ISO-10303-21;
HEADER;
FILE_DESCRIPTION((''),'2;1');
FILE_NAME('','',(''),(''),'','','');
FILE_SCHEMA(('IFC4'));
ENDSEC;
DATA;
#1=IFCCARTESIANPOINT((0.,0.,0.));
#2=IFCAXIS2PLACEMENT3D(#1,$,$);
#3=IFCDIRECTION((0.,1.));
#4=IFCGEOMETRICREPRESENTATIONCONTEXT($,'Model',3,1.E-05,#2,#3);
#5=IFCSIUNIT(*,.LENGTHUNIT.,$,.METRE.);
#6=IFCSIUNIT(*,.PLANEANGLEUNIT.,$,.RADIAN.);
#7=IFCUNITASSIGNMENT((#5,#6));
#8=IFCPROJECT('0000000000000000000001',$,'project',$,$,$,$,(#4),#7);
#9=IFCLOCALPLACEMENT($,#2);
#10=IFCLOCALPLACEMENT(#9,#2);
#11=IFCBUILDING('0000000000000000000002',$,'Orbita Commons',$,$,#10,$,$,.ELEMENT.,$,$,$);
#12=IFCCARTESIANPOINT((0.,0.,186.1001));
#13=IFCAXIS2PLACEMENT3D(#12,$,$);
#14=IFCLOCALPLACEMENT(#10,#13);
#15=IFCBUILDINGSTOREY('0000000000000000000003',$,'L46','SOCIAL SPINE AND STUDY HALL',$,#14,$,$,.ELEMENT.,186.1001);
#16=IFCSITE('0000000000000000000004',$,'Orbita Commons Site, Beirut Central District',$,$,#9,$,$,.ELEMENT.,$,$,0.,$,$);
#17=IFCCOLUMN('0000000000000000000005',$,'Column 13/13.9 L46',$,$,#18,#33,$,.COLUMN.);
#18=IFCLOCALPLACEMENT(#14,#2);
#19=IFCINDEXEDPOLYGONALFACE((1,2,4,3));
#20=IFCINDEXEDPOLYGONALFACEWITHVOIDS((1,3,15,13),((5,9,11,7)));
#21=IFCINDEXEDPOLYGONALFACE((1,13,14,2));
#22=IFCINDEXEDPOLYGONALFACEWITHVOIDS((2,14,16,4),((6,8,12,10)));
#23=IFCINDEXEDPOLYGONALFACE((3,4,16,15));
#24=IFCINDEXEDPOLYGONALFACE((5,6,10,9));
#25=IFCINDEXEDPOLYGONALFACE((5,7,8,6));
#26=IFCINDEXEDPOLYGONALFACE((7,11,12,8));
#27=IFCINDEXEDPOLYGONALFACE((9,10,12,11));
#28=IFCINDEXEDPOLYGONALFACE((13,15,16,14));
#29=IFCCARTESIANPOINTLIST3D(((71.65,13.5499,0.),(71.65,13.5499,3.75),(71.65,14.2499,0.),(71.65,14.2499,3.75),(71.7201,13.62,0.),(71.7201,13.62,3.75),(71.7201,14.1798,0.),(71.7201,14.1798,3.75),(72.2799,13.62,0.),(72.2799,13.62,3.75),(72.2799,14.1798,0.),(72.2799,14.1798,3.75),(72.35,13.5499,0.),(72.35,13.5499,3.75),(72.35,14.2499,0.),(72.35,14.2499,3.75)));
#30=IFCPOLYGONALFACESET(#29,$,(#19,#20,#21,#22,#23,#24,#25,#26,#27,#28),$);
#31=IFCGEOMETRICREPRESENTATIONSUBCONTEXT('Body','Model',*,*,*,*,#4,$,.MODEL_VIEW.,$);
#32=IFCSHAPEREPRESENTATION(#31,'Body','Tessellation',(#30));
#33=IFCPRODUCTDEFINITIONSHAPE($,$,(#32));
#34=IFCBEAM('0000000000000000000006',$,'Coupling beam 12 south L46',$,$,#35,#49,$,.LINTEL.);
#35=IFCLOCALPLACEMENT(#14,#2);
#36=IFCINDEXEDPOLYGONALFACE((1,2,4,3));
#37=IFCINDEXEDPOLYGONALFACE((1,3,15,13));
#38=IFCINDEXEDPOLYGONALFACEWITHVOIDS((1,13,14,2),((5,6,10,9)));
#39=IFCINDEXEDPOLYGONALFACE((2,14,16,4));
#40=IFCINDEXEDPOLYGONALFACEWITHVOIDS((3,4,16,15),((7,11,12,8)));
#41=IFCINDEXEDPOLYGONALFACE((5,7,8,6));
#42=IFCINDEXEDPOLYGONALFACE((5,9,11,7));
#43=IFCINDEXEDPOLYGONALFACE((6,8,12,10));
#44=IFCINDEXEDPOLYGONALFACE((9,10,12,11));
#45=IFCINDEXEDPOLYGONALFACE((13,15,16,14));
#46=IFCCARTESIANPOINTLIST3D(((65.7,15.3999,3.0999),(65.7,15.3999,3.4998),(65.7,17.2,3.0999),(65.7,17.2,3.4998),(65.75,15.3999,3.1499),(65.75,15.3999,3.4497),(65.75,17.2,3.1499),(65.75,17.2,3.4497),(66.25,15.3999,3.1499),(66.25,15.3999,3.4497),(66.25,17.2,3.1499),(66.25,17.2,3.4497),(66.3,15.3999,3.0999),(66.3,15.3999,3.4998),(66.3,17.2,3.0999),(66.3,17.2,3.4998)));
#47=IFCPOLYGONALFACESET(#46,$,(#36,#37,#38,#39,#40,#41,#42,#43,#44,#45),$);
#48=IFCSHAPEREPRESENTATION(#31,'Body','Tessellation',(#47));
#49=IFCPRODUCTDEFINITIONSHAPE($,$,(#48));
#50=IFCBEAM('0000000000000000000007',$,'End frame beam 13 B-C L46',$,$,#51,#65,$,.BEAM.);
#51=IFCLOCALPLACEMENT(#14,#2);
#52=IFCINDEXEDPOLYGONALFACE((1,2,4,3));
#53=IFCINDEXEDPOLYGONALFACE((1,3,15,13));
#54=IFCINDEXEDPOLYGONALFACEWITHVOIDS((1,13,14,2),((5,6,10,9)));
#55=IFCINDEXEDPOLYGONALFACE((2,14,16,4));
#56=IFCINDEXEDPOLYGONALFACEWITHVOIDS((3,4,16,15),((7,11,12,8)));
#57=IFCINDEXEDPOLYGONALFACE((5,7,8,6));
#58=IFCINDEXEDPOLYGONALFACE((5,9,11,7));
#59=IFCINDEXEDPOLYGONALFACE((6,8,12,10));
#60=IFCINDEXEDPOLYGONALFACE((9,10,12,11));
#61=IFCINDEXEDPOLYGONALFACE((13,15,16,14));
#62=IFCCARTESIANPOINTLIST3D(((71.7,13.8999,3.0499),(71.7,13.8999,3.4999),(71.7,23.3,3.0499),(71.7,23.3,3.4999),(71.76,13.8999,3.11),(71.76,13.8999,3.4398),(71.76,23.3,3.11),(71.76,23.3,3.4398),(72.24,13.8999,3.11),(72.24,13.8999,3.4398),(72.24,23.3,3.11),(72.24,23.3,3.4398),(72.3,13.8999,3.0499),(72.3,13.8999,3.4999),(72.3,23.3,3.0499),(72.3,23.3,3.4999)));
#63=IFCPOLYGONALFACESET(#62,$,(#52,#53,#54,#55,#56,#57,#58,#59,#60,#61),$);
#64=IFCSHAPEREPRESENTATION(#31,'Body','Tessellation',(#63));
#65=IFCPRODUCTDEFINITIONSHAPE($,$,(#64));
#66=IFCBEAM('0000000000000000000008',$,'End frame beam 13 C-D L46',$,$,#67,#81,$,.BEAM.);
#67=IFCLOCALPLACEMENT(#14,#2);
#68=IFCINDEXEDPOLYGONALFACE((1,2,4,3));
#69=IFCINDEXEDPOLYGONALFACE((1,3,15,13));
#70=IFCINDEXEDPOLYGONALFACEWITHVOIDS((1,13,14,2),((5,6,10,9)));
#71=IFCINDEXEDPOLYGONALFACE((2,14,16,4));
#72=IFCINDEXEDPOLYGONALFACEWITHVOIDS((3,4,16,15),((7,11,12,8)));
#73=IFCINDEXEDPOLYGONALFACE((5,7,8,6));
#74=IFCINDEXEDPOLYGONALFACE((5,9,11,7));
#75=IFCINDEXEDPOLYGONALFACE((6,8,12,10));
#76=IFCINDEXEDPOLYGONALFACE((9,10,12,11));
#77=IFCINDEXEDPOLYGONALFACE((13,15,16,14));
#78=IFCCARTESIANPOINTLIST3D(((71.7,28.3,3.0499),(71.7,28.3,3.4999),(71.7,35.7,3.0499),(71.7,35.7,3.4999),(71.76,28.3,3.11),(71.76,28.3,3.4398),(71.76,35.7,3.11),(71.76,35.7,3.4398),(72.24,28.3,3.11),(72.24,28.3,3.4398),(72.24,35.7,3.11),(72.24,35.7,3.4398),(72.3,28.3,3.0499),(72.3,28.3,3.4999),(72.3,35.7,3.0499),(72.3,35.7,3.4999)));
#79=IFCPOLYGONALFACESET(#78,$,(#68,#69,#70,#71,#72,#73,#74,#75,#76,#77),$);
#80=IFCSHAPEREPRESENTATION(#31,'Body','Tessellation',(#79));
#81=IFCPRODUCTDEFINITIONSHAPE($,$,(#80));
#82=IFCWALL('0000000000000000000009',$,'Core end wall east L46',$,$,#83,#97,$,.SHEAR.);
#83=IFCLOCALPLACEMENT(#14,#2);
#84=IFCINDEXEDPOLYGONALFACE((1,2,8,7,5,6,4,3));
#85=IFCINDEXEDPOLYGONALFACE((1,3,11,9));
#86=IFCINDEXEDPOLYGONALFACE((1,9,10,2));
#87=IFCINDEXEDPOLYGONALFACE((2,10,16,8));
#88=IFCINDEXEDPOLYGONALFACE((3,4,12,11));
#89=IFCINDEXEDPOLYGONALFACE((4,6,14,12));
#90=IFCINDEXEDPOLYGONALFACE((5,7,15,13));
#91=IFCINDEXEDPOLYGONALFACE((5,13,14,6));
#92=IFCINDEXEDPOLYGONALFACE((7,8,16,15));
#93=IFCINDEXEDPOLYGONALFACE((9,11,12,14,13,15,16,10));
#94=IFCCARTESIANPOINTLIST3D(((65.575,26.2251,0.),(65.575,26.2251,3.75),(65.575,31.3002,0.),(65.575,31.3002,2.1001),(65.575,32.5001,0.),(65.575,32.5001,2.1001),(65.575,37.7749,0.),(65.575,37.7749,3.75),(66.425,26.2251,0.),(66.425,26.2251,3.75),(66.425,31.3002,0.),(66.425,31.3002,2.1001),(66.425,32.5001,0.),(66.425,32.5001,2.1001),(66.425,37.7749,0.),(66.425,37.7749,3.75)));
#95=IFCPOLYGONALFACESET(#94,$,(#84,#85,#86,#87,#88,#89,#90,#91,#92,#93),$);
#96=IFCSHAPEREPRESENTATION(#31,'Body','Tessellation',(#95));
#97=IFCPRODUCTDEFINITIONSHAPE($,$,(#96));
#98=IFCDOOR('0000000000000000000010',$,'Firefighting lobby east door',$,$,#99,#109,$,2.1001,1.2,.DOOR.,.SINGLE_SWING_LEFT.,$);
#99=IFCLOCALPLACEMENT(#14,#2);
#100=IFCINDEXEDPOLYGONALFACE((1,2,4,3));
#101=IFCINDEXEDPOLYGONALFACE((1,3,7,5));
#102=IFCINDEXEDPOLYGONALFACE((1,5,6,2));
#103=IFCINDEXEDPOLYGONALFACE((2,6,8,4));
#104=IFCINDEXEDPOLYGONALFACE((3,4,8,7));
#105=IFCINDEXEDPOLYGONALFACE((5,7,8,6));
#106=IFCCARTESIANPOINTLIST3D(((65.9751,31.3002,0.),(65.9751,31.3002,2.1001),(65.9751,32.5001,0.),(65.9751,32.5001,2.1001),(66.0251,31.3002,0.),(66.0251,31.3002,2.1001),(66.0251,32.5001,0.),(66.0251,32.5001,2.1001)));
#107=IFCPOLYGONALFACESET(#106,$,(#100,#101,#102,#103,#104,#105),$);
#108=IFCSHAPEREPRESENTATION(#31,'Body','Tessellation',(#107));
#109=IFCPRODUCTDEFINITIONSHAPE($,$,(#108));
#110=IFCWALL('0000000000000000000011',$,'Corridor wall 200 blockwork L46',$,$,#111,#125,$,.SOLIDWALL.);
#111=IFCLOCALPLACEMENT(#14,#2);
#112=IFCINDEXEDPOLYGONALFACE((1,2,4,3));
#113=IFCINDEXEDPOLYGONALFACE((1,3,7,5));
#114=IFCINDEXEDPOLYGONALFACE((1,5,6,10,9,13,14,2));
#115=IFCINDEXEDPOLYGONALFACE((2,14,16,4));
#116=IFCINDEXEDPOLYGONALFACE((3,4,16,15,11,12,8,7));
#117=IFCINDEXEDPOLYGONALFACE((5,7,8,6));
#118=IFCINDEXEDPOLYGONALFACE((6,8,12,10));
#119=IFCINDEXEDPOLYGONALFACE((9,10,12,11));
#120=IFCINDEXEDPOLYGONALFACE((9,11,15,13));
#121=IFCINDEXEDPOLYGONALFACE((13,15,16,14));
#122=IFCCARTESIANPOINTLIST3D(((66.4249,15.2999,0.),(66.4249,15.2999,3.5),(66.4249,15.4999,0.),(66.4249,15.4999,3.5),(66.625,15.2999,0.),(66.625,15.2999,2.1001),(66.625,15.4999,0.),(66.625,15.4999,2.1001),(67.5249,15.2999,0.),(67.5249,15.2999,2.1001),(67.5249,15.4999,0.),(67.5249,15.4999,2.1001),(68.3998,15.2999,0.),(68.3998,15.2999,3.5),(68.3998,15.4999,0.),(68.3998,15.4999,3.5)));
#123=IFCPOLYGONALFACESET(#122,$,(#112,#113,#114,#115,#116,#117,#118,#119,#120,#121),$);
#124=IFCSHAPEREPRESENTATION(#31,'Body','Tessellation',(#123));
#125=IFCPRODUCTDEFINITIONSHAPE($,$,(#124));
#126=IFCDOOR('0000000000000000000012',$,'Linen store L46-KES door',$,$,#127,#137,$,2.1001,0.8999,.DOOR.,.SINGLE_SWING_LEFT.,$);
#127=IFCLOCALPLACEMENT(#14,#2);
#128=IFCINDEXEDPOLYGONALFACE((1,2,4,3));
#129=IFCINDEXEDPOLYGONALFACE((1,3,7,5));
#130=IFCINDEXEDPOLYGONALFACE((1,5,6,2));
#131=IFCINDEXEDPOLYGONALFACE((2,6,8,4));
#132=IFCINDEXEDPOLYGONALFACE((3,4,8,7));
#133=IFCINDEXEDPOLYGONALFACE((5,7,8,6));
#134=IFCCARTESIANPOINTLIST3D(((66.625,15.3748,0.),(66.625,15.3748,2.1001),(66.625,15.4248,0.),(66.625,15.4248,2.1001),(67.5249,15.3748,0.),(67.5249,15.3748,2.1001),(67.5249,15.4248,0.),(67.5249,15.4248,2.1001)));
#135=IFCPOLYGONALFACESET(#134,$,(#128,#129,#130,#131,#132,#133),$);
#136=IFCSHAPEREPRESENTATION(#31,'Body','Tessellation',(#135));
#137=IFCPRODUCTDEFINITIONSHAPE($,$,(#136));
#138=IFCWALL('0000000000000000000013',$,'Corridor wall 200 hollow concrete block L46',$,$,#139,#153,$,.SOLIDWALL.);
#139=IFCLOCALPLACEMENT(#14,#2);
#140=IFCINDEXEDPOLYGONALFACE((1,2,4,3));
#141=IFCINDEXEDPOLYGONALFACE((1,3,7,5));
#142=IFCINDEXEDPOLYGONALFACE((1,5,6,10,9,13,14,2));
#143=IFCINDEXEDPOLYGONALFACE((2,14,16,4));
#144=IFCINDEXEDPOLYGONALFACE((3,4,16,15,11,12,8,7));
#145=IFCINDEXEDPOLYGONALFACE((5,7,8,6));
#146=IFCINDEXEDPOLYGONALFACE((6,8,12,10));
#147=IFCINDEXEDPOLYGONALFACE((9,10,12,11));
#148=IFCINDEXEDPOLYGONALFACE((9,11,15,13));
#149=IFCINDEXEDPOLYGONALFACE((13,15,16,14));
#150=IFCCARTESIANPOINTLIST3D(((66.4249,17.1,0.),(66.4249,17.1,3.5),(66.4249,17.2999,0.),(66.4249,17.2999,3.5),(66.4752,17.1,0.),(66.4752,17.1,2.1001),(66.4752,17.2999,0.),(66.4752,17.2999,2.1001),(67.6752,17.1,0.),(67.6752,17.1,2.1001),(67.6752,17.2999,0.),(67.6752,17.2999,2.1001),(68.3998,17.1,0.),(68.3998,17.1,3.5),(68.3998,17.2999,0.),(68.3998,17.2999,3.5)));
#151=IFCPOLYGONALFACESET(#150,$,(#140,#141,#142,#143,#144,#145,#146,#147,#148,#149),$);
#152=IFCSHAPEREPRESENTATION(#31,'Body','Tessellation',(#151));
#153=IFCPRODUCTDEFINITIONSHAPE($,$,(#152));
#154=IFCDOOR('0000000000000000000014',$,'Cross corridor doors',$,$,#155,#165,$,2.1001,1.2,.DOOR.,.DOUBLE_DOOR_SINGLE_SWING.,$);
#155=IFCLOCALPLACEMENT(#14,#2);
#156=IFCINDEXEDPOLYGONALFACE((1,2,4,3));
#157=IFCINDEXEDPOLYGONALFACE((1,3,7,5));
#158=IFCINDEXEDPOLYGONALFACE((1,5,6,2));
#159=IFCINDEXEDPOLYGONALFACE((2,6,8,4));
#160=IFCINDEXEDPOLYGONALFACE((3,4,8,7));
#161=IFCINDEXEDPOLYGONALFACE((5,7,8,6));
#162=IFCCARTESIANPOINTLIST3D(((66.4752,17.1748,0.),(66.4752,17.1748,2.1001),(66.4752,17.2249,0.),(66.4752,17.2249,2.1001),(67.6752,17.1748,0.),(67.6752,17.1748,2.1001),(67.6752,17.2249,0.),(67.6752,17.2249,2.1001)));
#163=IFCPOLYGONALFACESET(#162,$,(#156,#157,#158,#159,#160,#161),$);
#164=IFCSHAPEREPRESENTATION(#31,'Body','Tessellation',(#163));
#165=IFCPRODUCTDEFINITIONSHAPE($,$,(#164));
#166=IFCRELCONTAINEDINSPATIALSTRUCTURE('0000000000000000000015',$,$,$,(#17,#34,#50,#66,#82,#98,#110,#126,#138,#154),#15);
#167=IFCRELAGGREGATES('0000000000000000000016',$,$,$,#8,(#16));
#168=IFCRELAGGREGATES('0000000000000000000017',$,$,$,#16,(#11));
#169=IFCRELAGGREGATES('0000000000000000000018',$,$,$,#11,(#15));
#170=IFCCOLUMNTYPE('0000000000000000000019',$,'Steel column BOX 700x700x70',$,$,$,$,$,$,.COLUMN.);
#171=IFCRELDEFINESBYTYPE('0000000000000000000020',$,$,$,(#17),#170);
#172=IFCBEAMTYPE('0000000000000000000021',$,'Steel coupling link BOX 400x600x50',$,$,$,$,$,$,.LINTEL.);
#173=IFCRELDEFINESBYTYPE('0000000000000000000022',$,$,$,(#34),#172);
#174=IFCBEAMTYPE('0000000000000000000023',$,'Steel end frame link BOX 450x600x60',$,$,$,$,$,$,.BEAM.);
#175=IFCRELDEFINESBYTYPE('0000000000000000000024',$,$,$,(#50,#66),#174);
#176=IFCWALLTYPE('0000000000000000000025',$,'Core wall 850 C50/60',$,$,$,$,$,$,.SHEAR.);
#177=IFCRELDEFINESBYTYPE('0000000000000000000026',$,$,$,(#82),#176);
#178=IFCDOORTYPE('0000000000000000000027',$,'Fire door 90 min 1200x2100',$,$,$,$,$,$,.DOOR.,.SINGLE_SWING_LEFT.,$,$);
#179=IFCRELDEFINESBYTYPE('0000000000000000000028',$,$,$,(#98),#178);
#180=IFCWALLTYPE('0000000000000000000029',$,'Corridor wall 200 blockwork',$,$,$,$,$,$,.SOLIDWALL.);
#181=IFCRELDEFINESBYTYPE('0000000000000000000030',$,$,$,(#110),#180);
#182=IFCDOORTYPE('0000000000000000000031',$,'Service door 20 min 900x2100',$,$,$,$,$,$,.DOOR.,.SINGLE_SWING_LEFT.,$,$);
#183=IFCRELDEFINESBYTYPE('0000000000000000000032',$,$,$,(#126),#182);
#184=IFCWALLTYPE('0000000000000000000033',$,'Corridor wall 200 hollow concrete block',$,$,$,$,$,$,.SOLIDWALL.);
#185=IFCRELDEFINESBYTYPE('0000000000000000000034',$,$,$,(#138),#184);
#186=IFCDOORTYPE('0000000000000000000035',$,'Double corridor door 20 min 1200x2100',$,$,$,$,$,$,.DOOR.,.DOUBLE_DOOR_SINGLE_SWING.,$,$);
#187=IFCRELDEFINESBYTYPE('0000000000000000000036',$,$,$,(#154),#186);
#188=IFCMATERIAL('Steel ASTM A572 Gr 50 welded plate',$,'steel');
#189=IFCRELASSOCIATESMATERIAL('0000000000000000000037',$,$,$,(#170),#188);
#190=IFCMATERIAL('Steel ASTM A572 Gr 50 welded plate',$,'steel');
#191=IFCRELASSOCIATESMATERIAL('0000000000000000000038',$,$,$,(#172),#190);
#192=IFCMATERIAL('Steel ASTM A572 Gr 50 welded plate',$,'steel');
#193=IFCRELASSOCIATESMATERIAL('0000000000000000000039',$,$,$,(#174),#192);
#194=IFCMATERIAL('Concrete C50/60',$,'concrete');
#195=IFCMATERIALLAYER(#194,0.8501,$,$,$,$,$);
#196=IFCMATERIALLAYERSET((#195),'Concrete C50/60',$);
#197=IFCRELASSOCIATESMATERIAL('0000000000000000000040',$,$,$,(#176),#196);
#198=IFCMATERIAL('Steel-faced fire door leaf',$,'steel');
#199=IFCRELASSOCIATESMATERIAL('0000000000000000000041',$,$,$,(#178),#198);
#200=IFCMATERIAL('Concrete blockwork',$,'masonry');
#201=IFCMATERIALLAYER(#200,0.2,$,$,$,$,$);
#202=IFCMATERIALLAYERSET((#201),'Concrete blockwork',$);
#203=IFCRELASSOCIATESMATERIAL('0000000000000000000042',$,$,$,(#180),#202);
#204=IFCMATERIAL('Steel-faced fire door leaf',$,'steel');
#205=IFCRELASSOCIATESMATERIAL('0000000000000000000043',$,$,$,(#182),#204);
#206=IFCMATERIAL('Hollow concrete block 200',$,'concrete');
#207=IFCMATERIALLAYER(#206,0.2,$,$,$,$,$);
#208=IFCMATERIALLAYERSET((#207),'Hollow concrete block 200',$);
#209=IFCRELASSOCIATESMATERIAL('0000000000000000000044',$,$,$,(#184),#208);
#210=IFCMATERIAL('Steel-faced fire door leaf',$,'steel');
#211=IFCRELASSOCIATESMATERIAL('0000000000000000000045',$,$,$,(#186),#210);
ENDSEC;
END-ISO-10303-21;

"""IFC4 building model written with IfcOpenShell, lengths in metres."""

from ifc_helpers import new_model, si_unit, direction, frame, frame_2d, origin, origin_2d, place, context, subcontext, project, spatial, rectangle, hollow_rectangle, extrude, material, layer, layer_set, material_profile, profile_set, type_object, element, fill, save


model = new_model("IFC4")

# Units and contexts
model_context = context("Model", 3, precision=1e-05, world=origin(), true_north=direction((0.0, 1.0)))
body_context = subcontext(model_context, "Body", "Model", "MODEL_VIEW")
ifc_project = project(units=[si_unit("LENGTHUNIT", "METRE"), si_unit("PLANEANGLEUNIT", "RADIAN")], contexts=[model_context])

# Site, building, storey
site_placement = place(None, origin())
site = spatial("IfcSite", under=ifc_project, at=site_placement, Name="Orbita Commons Site, Beirut Central District", CompositionType="ELEMENT", RefElevation=0.0)
building_placement = place(site_placement, origin())
building = spatial("IfcBuilding", under=site, at=building_placement, Name="Orbita Commons", CompositionType="ELEMENT")
storey_placement = place(building_placement, frame((0.0, 0.0, 186.1001)))
storey = spatial("IfcBuildingStorey", under=building, at=storey_placement, Name="L46", Description="SOCIAL SPINE AND STUDY HALL", CompositionType="ELEMENT", Elevation=186.1001)

# Column
ifc_material_1 = material(Name="Steel ASTM A572 Gr 50 welded plate", Category="steel")
ifc_material_profile_1 = material_profile(ifc_material_1, hollow_rectangle(XDim=0.7, YDim=0.7, WallThickness=0.0701, at=origin_2d()), Name="BOX 700x700x70")
ifc_profile_set_1 = profile_set([ifc_material_profile_1], Name="Steel ASTM A572 Gr 50 welded plate")
column_type = type_object("IfcColumnType", Name="Steel column BOX 700x700x70", PredefinedType="COLUMN", material=ifc_profile_set_1)
column_placement = place(storey_placement, frame((72.0, 13.8999, 0.0), z_axis=(0.0, 0.0, 1.0), x_axis=(1.0, 0.0, 0.0)))
element("IfcColumn", 1, at=column_placement, inside=storey, type_object=column_type, Name="Column 13/13.9 L46", PredefinedType="COLUMN", context=body_context, shape_type="SweptSolid", body=[
    extrude(hollow_rectangle(XDim=0.7, YDim=0.7, WallThickness=0.0701, at=origin_2d()), origin(), (0.0, 0.0, 1.0), 3.75),
])

# Beams
ifc_material_2 = material(Name="Steel ASTM A572 Gr 50 welded plate", Category="steel")
ifc_material_profile_2 = material_profile(ifc_material_2, hollow_rectangle(XDim=0.6001, YDim=0.3999, WallThickness=0.05, at=origin_2d()), Name="BOX 400x600x50")
ifc_profile_set_2 = profile_set([ifc_material_profile_2], Name="Steel ASTM A572 Gr 50 welded plate")
beam_type_1 = type_object("IfcBeamType", Name="Steel coupling link BOX 400x600x50", PredefinedType="LINTEL", material=ifc_profile_set_2)
beam_1_placement = place(storey_placement, frame((66.0, 15.3999, 3.2998), z_axis=(0.0, 1.0, 0.0), x_axis=(-1.0, 0.0, 0.0)))
element("IfcBeam", 2, at=beam_1_placement, inside=storey, type_object=beam_type_1, Name="Coupling beam 12 south L46", PredefinedType="LINTEL", context=body_context, shape_type="SweptSolid", body=[
    extrude(hollow_rectangle(XDim=0.6001, YDim=0.3999, WallThickness=0.05, at=origin_2d()), origin(), (0.0, 0.0, 1.0), 1.8),
])
ifc_material_3 = material(Name="Steel ASTM A572 Gr 50 welded plate", Category="steel")
ifc_material_profile_3 = material_profile(ifc_material_3, hollow_rectangle(XDim=0.6001, YDim=0.45, WallThickness=0.0601, at=origin_2d()), Name="BOX 450x600x60")
ifc_profile_set_3 = profile_set([ifc_material_profile_3], Name="Steel ASTM A572 Gr 50 welded plate")
beam_type_2 = type_object("IfcBeamType", Name="Steel end frame link BOX 450x600x60", PredefinedType="BEAM", material=ifc_profile_set_3)
beam_2_placement = place(storey_placement, frame((72.0, 13.8999, 3.2749), z_axis=(0.0, 1.0, 0.0), x_axis=(-1.0, 0.0, 0.0)))
element("IfcBeam", 3, at=beam_2_placement, inside=storey, type_object=beam_type_2, Name="End frame beam 13 B-C L46", PredefinedType="BEAM", context=body_context, shape_type="SweptSolid", body=[
    extrude(hollow_rectangle(XDim=0.6001, YDim=0.45, WallThickness=0.0601, at=origin_2d()), origin(), (0.0, 0.0, 1.0), 9.4001),
])
beam_3_placement = place(storey_placement, frame((72.0, 28.3, 3.2749), z_axis=(0.0, 1.0, 0.0), x_axis=(-1.0, 0.0, 0.0)))
element("IfcBeam", 4, at=beam_3_placement, inside=storey, type_object=beam_type_2, Name="End frame beam 13 C-D L46", PredefinedType="BEAM", context=body_context, shape_type="SweptSolid", body=[
    extrude(hollow_rectangle(XDim=0.6001, YDim=0.45, WallThickness=0.0601, at=origin_2d()), origin(), (0.0, 0.0, 1.0), 7.3999),
])

# Walls, openings, doors
ifc_material_4 = material(Name="Concrete C50/60", Category="concrete")
ifc_layer_1 = layer(ifc_material_4, 0.8501)
ifc_layer_set_1 = layer_set([ifc_layer_1], Name="Concrete C50/60")
wall_type_1 = type_object("IfcWallType", Name="Core wall 850 C50/60", PredefinedType="SHEAR", material=ifc_layer_set_1)
wall_1_placement = place(storey_placement, frame((66.0, 26.2251, 0.0), z_axis=(0.0, 0.0, 1.0), x_axis=(0.0, 1.0, 0.0)))
wall_1 = element("IfcWall", 5, at=wall_1_placement, inside=storey, type_object=wall_type_1, Name="Core end wall east L46", PredefinedType="SHEAR", context=body_context, shape_type="SweptSolid", body=[
    extrude(rectangle(XDim=11.5498, YDim=0.8501, at=frame_2d((5.7749, 0.0))), origin(), (0.0, 0.0, 1.0), 3.75),
])
opening_1_placement = place(wall_1_placement, frame((5.075, 0.0, 0.0)))
opening_1 = element("IfcOpeningElement", 6, at=opening_1_placement, cuts=wall_1, PredefinedType="OPENING", context=body_context, shape_type="SweptSolid", body=[
    extrude(rectangle(XDim=1.2, YDim=2.1001, at=frame_2d((0.6001, 1.05))), frame((0.0, 0.4351, 0.0), z_axis=(0.0, -1.0, 0.0), x_axis=(1.0, 0.0, 0.0)), (0.0, 0.0, 1.0), 0.8701),
])
ifc_material_5 = material(Name="Steel-faced fire door leaf", Category="steel")
door_type_1 = type_object("IfcDoorType", Name="Fire door 90 min 1200x2100", OperationType="SINGLE_SWING_LEFT", PredefinedType="DOOR", material=ifc_material_5)
door_1_placement = place(opening_1_placement, origin())
door_1 = element("IfcDoor", 7, at=door_1_placement, inside=storey, type_object=door_type_1, Name="Firefighting lobby east door", OperationType="SINGLE_SWING_LEFT", OverallHeight=2.1001, OverallWidth=1.2, PredefinedType="DOOR", context=body_context, shape_type="SweptSolid", body=[
    extrude(rectangle(XDim=1.2, YDim=2.1001, at=frame_2d((0.6001, 1.05))), frame((0.0, 0.0249, 0.0), z_axis=(0.0, -1.0, 0.0), x_axis=(1.0, 0.0, 0.0)), (0.0, 0.0, 1.0), 0.05),
])
fill(opening_1, door_1)
ifc_material_6 = material(Name="Concrete blockwork", Category="masonry")
ifc_layer_2 = layer(ifc_material_6, 0.2)
ifc_layer_set_2 = layer_set([ifc_layer_2], Name="Concrete blockwork")
wall_type_2 = type_object("IfcWallType", Name="Corridor wall 200 blockwork", PredefinedType="SOLIDWALL", material=ifc_layer_set_2)
wall_2_placement = place(storey_placement, frame((66.425, 15.3999, 0.0), z_axis=(0.0, 0.0, 1.0), x_axis=(1.0, 0.0, 0.0)))
wall_2 = element("IfcWall", 8, at=wall_2_placement, inside=storey, type_object=wall_type_2, Name="Corridor wall 200 blockwork L46", PredefinedType="SOLIDWALL", context=body_context, shape_type="SweptSolid", body=[
    extrude(rectangle(XDim=1.9749, YDim=0.2, at=frame_2d((0.9873, 0.0))), origin(), (0.0, 0.0, 1.0), 3.5),
])
opening_2_placement = place(wall_2_placement, frame((0.2, 0.0, 0.0)))
opening_2 = element("IfcOpeningElement", 9, at=opening_2_placement, cuts=wall_2, PredefinedType="OPENING", context=body_context, shape_type="SweptSolid", body=[
    extrude(rectangle(XDim=0.8999, YDim=2.1001, at=frame_2d((0.45, 1.05))), frame((0.0, 0.1099, 0.0), z_axis=(0.0, -1.0, 0.0), x_axis=(1.0, 0.0, 0.0)), (0.0, 0.0, 1.0), 0.22),
])
ifc_material_7 = material(Name="Steel-faced fire door leaf", Category="steel")
door_type_2 = type_object("IfcDoorType", Name="Service door 20 min 900x2100", OperationType="SINGLE_SWING_LEFT", PredefinedType="DOOR", material=ifc_material_7)
door_2_placement = place(opening_2_placement, origin())
door_2 = element("IfcDoor", 10, at=door_2_placement, inside=storey, type_object=door_type_2, Name="Linen store L46-KES door", OperationType="SINGLE_SWING_LEFT", OverallHeight=2.1001, OverallWidth=0.8999, PredefinedType="DOOR", context=body_context, shape_type="SweptSolid", body=[
    extrude(rectangle(XDim=0.8999, YDim=2.1001, at=frame_2d((0.45, 1.05))), frame((0.0, 0.0249, 0.0), z_axis=(0.0, -1.0, 0.0), x_axis=(1.0, 0.0, 0.0)), (0.0, 0.0, 1.0), 0.05),
])
fill(opening_2, door_2)
ifc_material_8 = material(Name="Hollow concrete block 200", Category="concrete")
ifc_layer_3 = layer(ifc_material_8, 0.2)
ifc_layer_set_3 = layer_set([ifc_layer_3], Name="Hollow concrete block 200")
wall_type_3 = type_object("IfcWallType", Name="Corridor wall 200 hollow concrete block", PredefinedType="SOLIDWALL", material=ifc_layer_set_3)
wall_3_placement = place(storey_placement, frame((66.425, 17.2, 0.0), z_axis=(0.0, 0.0, 1.0), x_axis=(1.0, 0.0, 0.0)))
wall_3 = element("IfcWall", 11, at=wall_3_placement, inside=storey, type_object=wall_type_3, Name="Corridor wall 200 hollow concrete block L46", PredefinedType="SOLIDWALL", context=body_context, shape_type="SweptSolid", body=[
    extrude(rectangle(XDim=1.9749, YDim=0.2, at=frame_2d((0.9873, 0.0))), origin(), (0.0, 0.0, 1.0), 3.5),
])
opening_3_placement = place(wall_3_placement, frame((0.05, 0.0, 0.0)))
opening_3 = element("IfcOpeningElement", 12, at=opening_3_placement, cuts=wall_3, PredefinedType="OPENING", context=body_context, shape_type="SweptSolid", body=[
    extrude(rectangle(XDim=1.2, YDim=2.1001, at=frame_2d((0.6001, 1.05))), frame((0.0, 0.1099, 0.0), z_axis=(0.0, -1.0, 0.0), x_axis=(1.0, 0.0, 0.0)), (0.0, 0.0, 1.0), 0.22),
])
ifc_material_9 = material(Name="Steel-faced fire door leaf", Category="steel")
door_type_3 = type_object("IfcDoorType", Name="Double corridor door 20 min 1200x2100", OperationType="DOUBLE_DOOR_SINGLE_SWING", PredefinedType="DOOR", material=ifc_material_9)
door_3_placement = place(opening_3_placement, origin())
door_3 = element("IfcDoor", 13, at=door_3_placement, inside=storey, type_object=door_type_3, Name="Cross corridor doors", OperationType="DOUBLE_DOOR_SINGLE_SWING", OverallHeight=2.1001, OverallWidth=1.2, PredefinedType="DOOR", context=body_context, shape_type="SweptSolid", body=[
    extrude(rectangle(XDim=1.2, YDim=2.1001, at=frame_2d((0.6001, 1.05))), frame((0.0, 0.0249, 0.0), z_axis=(0.0, -1.0, 0.0), x_axis=(1.0, 0.0, 0.0)), (0.0, 0.0, 1.0), 0.05),
])
fill(opening_3, door_3)

save(model, "model.ifc")
